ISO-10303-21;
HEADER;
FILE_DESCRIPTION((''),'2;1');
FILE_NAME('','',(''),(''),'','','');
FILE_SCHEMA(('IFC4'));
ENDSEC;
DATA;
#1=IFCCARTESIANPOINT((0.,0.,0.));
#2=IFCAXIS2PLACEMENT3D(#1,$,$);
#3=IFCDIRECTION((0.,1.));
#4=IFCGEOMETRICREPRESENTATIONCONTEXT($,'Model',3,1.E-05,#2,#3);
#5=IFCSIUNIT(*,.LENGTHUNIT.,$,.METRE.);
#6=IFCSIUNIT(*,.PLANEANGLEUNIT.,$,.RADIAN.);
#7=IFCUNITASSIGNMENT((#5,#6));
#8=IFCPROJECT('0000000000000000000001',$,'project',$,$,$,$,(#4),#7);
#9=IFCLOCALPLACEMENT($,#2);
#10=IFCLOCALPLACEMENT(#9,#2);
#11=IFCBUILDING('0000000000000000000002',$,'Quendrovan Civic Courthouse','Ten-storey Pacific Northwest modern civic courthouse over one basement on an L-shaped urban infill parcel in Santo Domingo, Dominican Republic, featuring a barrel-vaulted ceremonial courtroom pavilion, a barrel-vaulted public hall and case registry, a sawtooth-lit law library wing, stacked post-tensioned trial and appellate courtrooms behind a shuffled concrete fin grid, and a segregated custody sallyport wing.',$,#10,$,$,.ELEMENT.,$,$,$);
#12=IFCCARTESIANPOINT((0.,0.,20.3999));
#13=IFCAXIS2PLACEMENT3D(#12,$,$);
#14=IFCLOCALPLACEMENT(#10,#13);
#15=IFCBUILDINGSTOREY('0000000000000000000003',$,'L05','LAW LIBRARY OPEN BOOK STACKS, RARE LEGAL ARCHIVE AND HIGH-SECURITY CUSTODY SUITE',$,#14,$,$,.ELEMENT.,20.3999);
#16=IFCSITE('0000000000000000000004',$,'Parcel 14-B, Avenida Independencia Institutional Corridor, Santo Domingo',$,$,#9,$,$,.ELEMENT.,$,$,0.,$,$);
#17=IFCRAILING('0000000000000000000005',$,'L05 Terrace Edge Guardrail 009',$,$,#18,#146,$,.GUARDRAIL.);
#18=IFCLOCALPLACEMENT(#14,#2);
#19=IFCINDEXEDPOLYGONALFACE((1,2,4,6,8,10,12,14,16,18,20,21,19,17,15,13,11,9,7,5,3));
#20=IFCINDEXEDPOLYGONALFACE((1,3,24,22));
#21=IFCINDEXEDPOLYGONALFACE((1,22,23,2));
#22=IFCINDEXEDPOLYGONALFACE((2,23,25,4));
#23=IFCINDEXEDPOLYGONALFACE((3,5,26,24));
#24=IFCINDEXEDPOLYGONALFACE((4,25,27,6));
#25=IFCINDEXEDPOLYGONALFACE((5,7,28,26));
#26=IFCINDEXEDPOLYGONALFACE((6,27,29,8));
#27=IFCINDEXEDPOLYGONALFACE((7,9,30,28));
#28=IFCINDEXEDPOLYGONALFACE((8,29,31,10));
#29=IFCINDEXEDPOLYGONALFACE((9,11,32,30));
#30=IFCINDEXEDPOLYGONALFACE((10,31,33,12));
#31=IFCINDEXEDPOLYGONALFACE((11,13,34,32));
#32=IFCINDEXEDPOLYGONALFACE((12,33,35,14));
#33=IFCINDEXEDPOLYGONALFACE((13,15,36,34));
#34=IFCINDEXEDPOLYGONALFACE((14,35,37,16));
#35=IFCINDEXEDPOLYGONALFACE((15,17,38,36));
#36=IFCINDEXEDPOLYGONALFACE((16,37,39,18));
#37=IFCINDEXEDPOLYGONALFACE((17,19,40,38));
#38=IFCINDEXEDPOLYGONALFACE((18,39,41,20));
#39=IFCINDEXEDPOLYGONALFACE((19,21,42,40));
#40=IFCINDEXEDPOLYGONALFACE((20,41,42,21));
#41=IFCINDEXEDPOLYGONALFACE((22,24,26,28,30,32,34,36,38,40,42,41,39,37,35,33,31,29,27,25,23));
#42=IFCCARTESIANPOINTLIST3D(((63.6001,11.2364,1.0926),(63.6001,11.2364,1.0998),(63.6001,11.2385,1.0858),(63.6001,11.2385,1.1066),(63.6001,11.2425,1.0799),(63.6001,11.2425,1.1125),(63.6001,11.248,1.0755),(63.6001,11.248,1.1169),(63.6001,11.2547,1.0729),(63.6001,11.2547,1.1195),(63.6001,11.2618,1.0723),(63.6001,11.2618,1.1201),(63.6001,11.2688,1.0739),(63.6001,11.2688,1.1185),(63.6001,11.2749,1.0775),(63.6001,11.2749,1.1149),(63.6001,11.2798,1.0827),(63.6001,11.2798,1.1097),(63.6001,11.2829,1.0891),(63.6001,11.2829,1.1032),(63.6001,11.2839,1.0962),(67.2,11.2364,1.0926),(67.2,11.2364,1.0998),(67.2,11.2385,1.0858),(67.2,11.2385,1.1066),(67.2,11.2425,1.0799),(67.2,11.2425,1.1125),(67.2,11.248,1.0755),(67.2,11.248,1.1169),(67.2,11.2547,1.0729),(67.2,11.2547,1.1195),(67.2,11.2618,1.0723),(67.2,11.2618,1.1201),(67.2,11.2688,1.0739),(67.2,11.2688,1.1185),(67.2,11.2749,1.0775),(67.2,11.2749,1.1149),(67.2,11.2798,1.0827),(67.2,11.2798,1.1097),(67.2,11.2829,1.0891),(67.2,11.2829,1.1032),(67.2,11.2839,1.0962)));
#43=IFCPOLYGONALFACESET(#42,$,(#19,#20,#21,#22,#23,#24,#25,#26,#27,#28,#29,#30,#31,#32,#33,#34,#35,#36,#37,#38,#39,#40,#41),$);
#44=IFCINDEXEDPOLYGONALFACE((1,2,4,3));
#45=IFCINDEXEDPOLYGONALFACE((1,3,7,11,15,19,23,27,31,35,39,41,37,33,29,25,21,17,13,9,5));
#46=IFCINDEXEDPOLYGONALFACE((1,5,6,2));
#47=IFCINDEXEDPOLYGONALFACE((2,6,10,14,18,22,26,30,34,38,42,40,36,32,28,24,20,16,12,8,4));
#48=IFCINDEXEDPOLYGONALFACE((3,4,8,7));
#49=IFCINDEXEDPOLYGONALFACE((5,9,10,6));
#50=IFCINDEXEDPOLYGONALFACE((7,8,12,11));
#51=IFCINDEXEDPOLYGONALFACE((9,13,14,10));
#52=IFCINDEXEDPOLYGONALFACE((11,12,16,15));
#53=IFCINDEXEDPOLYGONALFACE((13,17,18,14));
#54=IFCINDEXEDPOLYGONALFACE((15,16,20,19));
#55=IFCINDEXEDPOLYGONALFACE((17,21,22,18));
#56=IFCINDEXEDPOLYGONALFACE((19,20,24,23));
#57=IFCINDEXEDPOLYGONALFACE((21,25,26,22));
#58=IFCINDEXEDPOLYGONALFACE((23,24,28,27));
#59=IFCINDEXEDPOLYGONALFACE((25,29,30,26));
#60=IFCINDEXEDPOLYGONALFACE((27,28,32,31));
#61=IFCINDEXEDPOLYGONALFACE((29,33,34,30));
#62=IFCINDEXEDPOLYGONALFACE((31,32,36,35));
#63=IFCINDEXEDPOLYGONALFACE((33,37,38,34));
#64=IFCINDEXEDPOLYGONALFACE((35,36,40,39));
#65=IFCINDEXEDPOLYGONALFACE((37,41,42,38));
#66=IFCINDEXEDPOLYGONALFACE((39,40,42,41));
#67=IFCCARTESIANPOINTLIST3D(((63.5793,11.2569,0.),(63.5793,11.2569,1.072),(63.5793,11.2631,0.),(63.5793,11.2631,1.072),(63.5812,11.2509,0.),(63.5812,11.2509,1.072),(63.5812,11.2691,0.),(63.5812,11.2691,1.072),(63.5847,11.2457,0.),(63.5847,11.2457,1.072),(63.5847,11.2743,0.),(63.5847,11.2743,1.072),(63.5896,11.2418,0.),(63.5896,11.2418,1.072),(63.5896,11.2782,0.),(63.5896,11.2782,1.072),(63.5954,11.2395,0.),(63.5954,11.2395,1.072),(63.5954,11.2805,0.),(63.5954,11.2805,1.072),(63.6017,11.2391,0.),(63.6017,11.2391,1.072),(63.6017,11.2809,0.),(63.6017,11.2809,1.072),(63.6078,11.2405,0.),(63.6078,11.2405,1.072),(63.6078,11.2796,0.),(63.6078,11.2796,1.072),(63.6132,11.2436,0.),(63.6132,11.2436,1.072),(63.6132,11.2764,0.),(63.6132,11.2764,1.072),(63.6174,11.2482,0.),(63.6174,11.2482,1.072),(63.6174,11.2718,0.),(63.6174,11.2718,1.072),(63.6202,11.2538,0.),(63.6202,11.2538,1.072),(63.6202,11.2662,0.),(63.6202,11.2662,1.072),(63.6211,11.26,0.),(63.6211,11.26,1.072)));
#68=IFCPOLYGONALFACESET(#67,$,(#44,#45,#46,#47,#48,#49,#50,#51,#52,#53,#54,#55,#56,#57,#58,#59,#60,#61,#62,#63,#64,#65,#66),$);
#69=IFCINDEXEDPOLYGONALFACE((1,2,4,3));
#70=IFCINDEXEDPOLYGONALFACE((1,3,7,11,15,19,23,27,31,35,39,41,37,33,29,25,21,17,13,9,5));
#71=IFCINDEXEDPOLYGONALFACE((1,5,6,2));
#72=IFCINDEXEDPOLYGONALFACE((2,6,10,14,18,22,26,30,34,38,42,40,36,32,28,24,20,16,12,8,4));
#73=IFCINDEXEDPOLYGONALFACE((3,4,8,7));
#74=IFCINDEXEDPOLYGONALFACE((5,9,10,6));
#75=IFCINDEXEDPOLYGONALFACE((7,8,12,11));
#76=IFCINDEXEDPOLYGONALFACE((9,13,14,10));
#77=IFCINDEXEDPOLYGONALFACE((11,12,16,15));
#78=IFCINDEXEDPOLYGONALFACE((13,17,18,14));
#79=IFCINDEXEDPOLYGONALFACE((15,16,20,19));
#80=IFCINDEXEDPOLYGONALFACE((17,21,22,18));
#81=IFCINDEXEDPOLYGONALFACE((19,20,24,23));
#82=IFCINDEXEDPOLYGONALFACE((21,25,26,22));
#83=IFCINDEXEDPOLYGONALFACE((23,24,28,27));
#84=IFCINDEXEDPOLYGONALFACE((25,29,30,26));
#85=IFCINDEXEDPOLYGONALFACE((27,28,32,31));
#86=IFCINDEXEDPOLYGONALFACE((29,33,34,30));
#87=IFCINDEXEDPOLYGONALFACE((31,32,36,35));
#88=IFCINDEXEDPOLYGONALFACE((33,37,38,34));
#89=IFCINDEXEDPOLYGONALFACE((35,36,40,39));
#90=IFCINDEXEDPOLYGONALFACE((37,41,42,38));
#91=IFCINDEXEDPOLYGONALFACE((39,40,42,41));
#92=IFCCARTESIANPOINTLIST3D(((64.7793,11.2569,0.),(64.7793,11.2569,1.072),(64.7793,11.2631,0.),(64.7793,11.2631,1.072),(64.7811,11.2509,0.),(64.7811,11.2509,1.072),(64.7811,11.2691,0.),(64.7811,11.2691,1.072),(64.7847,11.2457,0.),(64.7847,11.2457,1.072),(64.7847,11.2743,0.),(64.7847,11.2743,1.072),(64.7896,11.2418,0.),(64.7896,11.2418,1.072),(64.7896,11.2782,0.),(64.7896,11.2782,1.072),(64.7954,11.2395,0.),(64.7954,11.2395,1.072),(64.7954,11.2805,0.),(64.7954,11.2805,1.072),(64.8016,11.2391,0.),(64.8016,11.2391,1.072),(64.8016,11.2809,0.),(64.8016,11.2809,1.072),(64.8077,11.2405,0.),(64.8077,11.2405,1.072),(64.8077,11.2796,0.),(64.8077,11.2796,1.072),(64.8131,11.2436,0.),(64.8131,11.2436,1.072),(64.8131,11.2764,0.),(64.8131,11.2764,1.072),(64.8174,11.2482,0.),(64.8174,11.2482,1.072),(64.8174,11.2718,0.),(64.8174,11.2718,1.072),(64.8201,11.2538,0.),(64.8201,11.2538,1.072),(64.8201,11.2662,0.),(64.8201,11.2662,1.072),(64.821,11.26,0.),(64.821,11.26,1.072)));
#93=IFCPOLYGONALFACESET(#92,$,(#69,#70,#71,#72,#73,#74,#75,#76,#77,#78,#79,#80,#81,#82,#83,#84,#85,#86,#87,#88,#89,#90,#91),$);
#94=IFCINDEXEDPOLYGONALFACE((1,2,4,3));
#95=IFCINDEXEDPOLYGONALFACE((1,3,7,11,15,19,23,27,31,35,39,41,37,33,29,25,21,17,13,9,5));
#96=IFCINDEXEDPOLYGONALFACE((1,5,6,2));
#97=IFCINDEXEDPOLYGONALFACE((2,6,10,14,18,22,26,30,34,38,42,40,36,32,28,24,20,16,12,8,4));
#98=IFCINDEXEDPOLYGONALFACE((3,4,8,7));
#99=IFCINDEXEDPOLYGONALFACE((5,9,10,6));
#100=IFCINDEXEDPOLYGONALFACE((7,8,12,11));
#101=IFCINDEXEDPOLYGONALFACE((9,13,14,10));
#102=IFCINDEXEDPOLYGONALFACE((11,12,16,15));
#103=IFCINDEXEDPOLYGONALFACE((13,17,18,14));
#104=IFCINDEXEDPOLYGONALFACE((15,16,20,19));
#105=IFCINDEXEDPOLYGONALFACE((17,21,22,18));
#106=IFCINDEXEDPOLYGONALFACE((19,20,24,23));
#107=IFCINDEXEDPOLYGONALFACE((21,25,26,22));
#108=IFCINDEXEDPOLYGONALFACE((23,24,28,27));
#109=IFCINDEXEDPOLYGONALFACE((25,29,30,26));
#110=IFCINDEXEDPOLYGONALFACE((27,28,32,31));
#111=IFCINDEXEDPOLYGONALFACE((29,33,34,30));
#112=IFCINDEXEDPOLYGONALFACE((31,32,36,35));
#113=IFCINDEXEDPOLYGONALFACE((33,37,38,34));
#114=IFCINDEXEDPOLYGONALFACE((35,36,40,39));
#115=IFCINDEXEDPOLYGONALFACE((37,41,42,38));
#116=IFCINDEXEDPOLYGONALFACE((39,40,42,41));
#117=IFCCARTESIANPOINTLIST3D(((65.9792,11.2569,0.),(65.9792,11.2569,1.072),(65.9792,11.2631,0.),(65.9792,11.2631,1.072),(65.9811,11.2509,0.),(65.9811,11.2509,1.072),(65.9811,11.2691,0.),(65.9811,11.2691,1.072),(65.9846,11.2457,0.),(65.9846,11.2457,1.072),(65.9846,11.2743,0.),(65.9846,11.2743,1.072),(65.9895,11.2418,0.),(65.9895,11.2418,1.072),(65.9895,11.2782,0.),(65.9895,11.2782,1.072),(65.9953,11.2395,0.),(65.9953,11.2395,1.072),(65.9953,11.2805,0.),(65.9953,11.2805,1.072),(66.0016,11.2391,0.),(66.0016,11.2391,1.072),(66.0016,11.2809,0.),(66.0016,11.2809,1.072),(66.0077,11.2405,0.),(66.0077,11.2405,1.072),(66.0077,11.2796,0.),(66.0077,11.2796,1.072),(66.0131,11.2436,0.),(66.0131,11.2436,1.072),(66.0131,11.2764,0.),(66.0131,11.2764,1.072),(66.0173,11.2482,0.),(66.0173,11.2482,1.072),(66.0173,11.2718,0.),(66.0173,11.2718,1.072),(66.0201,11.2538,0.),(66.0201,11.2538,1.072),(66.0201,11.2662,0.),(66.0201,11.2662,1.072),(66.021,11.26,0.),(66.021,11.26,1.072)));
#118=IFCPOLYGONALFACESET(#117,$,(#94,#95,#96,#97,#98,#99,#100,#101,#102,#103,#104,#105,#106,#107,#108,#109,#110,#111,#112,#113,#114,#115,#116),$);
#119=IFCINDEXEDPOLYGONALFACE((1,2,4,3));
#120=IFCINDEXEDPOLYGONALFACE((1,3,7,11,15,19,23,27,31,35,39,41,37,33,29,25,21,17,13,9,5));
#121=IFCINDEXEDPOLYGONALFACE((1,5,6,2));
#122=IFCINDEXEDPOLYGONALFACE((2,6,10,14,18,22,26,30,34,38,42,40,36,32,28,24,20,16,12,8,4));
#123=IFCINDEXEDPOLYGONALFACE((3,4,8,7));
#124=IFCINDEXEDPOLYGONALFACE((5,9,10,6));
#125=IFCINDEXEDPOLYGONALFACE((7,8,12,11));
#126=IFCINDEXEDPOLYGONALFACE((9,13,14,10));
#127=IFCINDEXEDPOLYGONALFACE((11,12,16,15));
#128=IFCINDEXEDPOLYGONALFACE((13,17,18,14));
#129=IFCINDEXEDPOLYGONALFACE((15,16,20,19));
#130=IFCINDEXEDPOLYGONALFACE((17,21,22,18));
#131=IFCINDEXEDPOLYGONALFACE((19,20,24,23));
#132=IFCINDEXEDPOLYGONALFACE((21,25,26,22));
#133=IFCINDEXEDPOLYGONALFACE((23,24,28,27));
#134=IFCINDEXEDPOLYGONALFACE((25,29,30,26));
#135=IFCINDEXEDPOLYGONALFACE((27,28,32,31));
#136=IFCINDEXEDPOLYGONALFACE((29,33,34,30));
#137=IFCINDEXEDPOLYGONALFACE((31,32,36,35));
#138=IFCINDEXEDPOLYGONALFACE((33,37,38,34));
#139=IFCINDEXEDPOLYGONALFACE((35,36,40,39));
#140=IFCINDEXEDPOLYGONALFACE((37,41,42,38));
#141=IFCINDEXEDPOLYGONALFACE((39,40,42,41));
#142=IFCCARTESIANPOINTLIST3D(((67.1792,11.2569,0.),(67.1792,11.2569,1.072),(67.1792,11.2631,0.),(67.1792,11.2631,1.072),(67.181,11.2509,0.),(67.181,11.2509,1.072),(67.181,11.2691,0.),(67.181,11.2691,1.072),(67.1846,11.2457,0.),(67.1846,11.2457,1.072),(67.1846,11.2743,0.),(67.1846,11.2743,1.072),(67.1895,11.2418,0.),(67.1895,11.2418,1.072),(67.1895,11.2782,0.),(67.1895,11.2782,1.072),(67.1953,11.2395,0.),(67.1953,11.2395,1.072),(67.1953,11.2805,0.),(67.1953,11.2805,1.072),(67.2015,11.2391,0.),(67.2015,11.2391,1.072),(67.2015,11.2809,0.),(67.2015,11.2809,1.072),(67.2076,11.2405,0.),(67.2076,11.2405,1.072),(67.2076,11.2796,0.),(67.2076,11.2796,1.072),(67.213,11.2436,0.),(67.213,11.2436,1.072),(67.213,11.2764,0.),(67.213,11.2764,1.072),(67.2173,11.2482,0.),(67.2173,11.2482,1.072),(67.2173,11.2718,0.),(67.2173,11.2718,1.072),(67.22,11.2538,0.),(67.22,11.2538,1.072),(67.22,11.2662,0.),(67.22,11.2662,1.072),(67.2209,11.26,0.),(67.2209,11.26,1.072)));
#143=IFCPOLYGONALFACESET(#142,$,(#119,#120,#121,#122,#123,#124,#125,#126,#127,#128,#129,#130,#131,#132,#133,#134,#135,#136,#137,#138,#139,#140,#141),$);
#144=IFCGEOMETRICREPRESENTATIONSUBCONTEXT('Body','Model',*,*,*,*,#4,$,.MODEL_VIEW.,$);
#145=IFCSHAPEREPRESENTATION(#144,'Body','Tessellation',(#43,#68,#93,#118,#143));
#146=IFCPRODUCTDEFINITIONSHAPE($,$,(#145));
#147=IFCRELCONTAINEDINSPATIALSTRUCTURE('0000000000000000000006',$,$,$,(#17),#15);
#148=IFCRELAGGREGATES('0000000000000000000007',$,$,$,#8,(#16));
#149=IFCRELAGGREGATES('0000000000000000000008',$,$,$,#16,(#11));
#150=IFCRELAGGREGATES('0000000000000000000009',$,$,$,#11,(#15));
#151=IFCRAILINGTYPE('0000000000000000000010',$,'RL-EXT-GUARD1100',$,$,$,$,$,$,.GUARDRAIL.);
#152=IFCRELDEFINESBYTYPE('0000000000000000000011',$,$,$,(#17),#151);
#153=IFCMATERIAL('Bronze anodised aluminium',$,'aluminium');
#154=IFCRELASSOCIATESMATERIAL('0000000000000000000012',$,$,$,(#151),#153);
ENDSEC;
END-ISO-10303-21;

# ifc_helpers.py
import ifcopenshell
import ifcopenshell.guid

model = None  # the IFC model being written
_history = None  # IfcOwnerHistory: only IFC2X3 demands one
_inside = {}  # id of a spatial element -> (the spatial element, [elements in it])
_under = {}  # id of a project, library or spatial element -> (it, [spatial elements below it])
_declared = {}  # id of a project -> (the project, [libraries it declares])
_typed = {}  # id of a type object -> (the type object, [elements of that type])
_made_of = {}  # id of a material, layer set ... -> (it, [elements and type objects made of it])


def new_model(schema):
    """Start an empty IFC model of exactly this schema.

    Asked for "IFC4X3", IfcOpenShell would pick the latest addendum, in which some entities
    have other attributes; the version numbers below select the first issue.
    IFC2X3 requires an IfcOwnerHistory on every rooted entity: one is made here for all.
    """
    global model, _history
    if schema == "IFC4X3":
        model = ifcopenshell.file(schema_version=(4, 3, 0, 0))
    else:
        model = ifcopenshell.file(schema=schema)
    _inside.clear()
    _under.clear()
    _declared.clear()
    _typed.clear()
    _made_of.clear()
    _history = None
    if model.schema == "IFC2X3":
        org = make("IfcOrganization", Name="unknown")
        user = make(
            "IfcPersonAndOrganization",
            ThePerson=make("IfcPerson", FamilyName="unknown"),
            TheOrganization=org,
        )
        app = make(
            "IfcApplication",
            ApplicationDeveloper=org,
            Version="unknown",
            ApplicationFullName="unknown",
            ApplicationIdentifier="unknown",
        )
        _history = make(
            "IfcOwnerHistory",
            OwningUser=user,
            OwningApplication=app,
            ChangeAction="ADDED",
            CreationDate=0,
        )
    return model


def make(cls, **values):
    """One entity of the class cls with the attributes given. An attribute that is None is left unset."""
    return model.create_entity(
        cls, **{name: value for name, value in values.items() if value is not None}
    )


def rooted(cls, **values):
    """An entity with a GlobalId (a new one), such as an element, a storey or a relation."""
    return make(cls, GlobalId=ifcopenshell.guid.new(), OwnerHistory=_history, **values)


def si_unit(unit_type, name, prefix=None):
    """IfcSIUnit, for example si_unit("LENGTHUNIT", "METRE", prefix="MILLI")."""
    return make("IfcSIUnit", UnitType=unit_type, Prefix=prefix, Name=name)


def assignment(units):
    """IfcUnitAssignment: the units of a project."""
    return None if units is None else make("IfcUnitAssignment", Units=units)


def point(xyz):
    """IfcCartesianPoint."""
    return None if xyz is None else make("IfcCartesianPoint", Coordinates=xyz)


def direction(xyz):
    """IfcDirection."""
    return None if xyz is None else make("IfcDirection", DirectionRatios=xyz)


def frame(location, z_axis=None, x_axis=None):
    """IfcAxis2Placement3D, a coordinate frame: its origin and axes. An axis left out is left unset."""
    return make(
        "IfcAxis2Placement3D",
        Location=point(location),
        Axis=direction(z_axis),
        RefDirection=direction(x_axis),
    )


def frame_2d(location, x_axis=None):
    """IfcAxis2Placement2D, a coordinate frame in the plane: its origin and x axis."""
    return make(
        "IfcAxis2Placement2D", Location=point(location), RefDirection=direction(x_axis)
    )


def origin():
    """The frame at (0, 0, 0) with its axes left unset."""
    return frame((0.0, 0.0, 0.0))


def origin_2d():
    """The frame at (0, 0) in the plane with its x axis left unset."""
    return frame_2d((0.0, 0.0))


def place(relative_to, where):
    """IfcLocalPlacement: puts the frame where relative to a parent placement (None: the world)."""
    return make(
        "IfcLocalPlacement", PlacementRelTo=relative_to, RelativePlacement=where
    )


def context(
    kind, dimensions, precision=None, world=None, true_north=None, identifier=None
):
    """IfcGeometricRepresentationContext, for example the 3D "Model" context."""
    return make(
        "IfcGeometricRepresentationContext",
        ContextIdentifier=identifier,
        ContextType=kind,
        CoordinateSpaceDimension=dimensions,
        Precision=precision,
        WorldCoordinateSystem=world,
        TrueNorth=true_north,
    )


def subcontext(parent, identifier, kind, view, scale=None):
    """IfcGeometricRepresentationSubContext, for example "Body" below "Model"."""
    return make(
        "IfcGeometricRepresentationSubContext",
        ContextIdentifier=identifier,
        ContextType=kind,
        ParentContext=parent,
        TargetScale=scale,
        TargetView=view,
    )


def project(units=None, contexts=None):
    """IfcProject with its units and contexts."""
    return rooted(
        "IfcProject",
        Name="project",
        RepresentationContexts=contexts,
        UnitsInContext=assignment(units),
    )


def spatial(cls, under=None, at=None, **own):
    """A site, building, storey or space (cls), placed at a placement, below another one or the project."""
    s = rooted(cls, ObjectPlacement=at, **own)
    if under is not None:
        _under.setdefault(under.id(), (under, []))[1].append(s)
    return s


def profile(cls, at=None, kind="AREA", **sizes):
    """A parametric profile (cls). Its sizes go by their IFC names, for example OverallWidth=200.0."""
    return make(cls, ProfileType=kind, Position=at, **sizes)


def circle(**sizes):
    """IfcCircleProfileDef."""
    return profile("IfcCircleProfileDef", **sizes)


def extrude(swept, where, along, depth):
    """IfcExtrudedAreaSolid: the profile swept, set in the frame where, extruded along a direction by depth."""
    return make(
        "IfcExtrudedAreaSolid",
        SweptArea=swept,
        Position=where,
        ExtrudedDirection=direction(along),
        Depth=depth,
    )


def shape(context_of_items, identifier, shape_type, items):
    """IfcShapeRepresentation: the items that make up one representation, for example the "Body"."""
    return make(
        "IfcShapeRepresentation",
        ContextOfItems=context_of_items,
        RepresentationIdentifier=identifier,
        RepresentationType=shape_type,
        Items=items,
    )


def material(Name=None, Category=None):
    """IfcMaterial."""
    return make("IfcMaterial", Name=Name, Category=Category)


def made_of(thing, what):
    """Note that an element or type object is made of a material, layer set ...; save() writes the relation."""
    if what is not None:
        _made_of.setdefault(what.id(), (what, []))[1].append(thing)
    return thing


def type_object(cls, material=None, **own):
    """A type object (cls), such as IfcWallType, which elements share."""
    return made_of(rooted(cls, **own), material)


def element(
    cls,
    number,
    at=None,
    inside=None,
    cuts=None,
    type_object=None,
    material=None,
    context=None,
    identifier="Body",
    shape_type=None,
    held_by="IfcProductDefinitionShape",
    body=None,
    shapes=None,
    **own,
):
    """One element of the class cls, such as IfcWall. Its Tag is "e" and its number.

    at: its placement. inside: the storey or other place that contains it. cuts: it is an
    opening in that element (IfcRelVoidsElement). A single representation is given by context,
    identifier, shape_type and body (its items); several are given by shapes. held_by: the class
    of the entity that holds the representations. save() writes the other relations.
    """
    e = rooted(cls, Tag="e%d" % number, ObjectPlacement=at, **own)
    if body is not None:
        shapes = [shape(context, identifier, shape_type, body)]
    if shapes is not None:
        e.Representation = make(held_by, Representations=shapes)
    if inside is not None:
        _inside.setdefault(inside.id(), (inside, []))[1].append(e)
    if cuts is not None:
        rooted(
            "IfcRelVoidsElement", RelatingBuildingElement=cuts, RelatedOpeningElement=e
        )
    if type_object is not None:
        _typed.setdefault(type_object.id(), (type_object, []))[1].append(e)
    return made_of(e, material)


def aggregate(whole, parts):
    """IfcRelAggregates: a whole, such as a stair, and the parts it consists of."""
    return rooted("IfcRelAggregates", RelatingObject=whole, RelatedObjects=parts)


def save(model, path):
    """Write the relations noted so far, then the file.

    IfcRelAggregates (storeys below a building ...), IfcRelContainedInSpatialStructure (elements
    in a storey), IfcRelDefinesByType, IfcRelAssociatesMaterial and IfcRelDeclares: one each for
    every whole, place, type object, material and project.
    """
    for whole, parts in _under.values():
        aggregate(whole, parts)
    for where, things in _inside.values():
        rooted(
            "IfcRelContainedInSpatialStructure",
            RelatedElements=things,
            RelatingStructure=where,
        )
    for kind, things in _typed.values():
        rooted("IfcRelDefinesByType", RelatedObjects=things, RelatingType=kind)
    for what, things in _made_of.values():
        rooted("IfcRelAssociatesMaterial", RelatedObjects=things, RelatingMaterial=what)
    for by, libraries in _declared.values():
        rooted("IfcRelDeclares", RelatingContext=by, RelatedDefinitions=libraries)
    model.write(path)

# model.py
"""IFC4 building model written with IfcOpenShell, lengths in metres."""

from ifc_helpers import new_model, si_unit, direction, frame, origin, origin_2d, place, context, subcontext, project, spatial, circle, extrude, material, type_object, element, save


model = new_model("IFC4")

# Units and contexts
model_context = context("Model", 3, precision=1e-05, world=origin(), true_north=direction((0.0, 1.0)))
body_context = subcontext(model_context, "Body", "Model", "MODEL_VIEW")
ifc_project = project(units=[si_unit("LENGTHUNIT", "METRE"), si_unit("PLANEANGLEUNIT", "RADIAN")], contexts=[model_context])

# Site, building, storey
site_placement = place(None, origin())
site = spatial("IfcSite", under=ifc_project, at=site_placement, Name="Parcel 14-B, Avenida Independencia Institutional Corridor, Santo Domingo", CompositionType="ELEMENT", RefElevation=0.0)
building_placement = place(site_placement, origin())
building = spatial("IfcBuilding", under=site, at=building_placement, Name="Quendrovan Civic Courthouse", Description="Ten-storey Pacific Northwest modern civic courthouse over one basement on an L-shaped urban infill parcel in Santo Domingo, Dominican Republic, featuring a barrel-vaulted ceremonial courtroom pavilion, a barrel-vaulted public hall and case registry, a sawtooth-lit law library wing, stacked post-tensioned trial and appellate courtrooms behind a shuffled concrete fin grid, and a segregated custody sallyport wing.", CompositionType="ELEMENT")
storey_placement = place(building_placement, frame((0.0, 0.0, 20.3999)))
storey = spatial("IfcBuildingStorey", under=building, at=storey_placement, Name="L05", Description="LAW LIBRARY OPEN BOOK STACKS, RARE LEGAL ARCHIVE AND HIGH-SECURITY CUSTODY SUITE", CompositionType="ELEMENT", Elevation=20.3999)

# Railing
ifc_material_1 = material(Name="Bronze anodised aluminium", Category="aluminium")
railing_type = type_object("IfcRailingType", Name="RL-EXT-GUARD1100", PredefinedType="GUARDRAIL", material=ifc_material_1)
railing_1_placement = place(storey_placement, frame((63.6001, 11.26, 0.0)))
element("IfcRailing", 1, at=railing_1_placement, inside=storey, type_object=railing_type, Name="L05 Terrace Edge Guardrail 009", PredefinedType="GUARDRAIL", context=body_context, shape_type="SweptSolid", body=[
    extrude(circle(Radius=0.0239, at=origin_2d()), frame((0.0, 0.0, 1.0962), z_axis=(1.0, 0.0, 0.0), x_axis=(0.0, 1.0, 0.0)), (0.0, 0.0, 1.0), 3.5999),
    extrude(circle(Radius=0.021, at=origin_2d()), origin(), (0.0, 0.0, 1.0), 1.072),
    extrude(circle(Radius=0.021, at=origin_2d()), frame((1.2, 0.0, 0.0)), (0.0, 0.0, 1.0), 1.072),
    extrude(circle(Radius=0.021, at=origin_2d()), frame((2.3999, 0.0, 0.0)), (0.0, 0.0, 1.0), 1.072),
    extrude(circle(Radius=0.021, at=origin_2d()), frame((3.5999, 0.0, 0.0)), (0.0, 0.0, 1.0), 1.072),
])

save(model, "model.ifc")
